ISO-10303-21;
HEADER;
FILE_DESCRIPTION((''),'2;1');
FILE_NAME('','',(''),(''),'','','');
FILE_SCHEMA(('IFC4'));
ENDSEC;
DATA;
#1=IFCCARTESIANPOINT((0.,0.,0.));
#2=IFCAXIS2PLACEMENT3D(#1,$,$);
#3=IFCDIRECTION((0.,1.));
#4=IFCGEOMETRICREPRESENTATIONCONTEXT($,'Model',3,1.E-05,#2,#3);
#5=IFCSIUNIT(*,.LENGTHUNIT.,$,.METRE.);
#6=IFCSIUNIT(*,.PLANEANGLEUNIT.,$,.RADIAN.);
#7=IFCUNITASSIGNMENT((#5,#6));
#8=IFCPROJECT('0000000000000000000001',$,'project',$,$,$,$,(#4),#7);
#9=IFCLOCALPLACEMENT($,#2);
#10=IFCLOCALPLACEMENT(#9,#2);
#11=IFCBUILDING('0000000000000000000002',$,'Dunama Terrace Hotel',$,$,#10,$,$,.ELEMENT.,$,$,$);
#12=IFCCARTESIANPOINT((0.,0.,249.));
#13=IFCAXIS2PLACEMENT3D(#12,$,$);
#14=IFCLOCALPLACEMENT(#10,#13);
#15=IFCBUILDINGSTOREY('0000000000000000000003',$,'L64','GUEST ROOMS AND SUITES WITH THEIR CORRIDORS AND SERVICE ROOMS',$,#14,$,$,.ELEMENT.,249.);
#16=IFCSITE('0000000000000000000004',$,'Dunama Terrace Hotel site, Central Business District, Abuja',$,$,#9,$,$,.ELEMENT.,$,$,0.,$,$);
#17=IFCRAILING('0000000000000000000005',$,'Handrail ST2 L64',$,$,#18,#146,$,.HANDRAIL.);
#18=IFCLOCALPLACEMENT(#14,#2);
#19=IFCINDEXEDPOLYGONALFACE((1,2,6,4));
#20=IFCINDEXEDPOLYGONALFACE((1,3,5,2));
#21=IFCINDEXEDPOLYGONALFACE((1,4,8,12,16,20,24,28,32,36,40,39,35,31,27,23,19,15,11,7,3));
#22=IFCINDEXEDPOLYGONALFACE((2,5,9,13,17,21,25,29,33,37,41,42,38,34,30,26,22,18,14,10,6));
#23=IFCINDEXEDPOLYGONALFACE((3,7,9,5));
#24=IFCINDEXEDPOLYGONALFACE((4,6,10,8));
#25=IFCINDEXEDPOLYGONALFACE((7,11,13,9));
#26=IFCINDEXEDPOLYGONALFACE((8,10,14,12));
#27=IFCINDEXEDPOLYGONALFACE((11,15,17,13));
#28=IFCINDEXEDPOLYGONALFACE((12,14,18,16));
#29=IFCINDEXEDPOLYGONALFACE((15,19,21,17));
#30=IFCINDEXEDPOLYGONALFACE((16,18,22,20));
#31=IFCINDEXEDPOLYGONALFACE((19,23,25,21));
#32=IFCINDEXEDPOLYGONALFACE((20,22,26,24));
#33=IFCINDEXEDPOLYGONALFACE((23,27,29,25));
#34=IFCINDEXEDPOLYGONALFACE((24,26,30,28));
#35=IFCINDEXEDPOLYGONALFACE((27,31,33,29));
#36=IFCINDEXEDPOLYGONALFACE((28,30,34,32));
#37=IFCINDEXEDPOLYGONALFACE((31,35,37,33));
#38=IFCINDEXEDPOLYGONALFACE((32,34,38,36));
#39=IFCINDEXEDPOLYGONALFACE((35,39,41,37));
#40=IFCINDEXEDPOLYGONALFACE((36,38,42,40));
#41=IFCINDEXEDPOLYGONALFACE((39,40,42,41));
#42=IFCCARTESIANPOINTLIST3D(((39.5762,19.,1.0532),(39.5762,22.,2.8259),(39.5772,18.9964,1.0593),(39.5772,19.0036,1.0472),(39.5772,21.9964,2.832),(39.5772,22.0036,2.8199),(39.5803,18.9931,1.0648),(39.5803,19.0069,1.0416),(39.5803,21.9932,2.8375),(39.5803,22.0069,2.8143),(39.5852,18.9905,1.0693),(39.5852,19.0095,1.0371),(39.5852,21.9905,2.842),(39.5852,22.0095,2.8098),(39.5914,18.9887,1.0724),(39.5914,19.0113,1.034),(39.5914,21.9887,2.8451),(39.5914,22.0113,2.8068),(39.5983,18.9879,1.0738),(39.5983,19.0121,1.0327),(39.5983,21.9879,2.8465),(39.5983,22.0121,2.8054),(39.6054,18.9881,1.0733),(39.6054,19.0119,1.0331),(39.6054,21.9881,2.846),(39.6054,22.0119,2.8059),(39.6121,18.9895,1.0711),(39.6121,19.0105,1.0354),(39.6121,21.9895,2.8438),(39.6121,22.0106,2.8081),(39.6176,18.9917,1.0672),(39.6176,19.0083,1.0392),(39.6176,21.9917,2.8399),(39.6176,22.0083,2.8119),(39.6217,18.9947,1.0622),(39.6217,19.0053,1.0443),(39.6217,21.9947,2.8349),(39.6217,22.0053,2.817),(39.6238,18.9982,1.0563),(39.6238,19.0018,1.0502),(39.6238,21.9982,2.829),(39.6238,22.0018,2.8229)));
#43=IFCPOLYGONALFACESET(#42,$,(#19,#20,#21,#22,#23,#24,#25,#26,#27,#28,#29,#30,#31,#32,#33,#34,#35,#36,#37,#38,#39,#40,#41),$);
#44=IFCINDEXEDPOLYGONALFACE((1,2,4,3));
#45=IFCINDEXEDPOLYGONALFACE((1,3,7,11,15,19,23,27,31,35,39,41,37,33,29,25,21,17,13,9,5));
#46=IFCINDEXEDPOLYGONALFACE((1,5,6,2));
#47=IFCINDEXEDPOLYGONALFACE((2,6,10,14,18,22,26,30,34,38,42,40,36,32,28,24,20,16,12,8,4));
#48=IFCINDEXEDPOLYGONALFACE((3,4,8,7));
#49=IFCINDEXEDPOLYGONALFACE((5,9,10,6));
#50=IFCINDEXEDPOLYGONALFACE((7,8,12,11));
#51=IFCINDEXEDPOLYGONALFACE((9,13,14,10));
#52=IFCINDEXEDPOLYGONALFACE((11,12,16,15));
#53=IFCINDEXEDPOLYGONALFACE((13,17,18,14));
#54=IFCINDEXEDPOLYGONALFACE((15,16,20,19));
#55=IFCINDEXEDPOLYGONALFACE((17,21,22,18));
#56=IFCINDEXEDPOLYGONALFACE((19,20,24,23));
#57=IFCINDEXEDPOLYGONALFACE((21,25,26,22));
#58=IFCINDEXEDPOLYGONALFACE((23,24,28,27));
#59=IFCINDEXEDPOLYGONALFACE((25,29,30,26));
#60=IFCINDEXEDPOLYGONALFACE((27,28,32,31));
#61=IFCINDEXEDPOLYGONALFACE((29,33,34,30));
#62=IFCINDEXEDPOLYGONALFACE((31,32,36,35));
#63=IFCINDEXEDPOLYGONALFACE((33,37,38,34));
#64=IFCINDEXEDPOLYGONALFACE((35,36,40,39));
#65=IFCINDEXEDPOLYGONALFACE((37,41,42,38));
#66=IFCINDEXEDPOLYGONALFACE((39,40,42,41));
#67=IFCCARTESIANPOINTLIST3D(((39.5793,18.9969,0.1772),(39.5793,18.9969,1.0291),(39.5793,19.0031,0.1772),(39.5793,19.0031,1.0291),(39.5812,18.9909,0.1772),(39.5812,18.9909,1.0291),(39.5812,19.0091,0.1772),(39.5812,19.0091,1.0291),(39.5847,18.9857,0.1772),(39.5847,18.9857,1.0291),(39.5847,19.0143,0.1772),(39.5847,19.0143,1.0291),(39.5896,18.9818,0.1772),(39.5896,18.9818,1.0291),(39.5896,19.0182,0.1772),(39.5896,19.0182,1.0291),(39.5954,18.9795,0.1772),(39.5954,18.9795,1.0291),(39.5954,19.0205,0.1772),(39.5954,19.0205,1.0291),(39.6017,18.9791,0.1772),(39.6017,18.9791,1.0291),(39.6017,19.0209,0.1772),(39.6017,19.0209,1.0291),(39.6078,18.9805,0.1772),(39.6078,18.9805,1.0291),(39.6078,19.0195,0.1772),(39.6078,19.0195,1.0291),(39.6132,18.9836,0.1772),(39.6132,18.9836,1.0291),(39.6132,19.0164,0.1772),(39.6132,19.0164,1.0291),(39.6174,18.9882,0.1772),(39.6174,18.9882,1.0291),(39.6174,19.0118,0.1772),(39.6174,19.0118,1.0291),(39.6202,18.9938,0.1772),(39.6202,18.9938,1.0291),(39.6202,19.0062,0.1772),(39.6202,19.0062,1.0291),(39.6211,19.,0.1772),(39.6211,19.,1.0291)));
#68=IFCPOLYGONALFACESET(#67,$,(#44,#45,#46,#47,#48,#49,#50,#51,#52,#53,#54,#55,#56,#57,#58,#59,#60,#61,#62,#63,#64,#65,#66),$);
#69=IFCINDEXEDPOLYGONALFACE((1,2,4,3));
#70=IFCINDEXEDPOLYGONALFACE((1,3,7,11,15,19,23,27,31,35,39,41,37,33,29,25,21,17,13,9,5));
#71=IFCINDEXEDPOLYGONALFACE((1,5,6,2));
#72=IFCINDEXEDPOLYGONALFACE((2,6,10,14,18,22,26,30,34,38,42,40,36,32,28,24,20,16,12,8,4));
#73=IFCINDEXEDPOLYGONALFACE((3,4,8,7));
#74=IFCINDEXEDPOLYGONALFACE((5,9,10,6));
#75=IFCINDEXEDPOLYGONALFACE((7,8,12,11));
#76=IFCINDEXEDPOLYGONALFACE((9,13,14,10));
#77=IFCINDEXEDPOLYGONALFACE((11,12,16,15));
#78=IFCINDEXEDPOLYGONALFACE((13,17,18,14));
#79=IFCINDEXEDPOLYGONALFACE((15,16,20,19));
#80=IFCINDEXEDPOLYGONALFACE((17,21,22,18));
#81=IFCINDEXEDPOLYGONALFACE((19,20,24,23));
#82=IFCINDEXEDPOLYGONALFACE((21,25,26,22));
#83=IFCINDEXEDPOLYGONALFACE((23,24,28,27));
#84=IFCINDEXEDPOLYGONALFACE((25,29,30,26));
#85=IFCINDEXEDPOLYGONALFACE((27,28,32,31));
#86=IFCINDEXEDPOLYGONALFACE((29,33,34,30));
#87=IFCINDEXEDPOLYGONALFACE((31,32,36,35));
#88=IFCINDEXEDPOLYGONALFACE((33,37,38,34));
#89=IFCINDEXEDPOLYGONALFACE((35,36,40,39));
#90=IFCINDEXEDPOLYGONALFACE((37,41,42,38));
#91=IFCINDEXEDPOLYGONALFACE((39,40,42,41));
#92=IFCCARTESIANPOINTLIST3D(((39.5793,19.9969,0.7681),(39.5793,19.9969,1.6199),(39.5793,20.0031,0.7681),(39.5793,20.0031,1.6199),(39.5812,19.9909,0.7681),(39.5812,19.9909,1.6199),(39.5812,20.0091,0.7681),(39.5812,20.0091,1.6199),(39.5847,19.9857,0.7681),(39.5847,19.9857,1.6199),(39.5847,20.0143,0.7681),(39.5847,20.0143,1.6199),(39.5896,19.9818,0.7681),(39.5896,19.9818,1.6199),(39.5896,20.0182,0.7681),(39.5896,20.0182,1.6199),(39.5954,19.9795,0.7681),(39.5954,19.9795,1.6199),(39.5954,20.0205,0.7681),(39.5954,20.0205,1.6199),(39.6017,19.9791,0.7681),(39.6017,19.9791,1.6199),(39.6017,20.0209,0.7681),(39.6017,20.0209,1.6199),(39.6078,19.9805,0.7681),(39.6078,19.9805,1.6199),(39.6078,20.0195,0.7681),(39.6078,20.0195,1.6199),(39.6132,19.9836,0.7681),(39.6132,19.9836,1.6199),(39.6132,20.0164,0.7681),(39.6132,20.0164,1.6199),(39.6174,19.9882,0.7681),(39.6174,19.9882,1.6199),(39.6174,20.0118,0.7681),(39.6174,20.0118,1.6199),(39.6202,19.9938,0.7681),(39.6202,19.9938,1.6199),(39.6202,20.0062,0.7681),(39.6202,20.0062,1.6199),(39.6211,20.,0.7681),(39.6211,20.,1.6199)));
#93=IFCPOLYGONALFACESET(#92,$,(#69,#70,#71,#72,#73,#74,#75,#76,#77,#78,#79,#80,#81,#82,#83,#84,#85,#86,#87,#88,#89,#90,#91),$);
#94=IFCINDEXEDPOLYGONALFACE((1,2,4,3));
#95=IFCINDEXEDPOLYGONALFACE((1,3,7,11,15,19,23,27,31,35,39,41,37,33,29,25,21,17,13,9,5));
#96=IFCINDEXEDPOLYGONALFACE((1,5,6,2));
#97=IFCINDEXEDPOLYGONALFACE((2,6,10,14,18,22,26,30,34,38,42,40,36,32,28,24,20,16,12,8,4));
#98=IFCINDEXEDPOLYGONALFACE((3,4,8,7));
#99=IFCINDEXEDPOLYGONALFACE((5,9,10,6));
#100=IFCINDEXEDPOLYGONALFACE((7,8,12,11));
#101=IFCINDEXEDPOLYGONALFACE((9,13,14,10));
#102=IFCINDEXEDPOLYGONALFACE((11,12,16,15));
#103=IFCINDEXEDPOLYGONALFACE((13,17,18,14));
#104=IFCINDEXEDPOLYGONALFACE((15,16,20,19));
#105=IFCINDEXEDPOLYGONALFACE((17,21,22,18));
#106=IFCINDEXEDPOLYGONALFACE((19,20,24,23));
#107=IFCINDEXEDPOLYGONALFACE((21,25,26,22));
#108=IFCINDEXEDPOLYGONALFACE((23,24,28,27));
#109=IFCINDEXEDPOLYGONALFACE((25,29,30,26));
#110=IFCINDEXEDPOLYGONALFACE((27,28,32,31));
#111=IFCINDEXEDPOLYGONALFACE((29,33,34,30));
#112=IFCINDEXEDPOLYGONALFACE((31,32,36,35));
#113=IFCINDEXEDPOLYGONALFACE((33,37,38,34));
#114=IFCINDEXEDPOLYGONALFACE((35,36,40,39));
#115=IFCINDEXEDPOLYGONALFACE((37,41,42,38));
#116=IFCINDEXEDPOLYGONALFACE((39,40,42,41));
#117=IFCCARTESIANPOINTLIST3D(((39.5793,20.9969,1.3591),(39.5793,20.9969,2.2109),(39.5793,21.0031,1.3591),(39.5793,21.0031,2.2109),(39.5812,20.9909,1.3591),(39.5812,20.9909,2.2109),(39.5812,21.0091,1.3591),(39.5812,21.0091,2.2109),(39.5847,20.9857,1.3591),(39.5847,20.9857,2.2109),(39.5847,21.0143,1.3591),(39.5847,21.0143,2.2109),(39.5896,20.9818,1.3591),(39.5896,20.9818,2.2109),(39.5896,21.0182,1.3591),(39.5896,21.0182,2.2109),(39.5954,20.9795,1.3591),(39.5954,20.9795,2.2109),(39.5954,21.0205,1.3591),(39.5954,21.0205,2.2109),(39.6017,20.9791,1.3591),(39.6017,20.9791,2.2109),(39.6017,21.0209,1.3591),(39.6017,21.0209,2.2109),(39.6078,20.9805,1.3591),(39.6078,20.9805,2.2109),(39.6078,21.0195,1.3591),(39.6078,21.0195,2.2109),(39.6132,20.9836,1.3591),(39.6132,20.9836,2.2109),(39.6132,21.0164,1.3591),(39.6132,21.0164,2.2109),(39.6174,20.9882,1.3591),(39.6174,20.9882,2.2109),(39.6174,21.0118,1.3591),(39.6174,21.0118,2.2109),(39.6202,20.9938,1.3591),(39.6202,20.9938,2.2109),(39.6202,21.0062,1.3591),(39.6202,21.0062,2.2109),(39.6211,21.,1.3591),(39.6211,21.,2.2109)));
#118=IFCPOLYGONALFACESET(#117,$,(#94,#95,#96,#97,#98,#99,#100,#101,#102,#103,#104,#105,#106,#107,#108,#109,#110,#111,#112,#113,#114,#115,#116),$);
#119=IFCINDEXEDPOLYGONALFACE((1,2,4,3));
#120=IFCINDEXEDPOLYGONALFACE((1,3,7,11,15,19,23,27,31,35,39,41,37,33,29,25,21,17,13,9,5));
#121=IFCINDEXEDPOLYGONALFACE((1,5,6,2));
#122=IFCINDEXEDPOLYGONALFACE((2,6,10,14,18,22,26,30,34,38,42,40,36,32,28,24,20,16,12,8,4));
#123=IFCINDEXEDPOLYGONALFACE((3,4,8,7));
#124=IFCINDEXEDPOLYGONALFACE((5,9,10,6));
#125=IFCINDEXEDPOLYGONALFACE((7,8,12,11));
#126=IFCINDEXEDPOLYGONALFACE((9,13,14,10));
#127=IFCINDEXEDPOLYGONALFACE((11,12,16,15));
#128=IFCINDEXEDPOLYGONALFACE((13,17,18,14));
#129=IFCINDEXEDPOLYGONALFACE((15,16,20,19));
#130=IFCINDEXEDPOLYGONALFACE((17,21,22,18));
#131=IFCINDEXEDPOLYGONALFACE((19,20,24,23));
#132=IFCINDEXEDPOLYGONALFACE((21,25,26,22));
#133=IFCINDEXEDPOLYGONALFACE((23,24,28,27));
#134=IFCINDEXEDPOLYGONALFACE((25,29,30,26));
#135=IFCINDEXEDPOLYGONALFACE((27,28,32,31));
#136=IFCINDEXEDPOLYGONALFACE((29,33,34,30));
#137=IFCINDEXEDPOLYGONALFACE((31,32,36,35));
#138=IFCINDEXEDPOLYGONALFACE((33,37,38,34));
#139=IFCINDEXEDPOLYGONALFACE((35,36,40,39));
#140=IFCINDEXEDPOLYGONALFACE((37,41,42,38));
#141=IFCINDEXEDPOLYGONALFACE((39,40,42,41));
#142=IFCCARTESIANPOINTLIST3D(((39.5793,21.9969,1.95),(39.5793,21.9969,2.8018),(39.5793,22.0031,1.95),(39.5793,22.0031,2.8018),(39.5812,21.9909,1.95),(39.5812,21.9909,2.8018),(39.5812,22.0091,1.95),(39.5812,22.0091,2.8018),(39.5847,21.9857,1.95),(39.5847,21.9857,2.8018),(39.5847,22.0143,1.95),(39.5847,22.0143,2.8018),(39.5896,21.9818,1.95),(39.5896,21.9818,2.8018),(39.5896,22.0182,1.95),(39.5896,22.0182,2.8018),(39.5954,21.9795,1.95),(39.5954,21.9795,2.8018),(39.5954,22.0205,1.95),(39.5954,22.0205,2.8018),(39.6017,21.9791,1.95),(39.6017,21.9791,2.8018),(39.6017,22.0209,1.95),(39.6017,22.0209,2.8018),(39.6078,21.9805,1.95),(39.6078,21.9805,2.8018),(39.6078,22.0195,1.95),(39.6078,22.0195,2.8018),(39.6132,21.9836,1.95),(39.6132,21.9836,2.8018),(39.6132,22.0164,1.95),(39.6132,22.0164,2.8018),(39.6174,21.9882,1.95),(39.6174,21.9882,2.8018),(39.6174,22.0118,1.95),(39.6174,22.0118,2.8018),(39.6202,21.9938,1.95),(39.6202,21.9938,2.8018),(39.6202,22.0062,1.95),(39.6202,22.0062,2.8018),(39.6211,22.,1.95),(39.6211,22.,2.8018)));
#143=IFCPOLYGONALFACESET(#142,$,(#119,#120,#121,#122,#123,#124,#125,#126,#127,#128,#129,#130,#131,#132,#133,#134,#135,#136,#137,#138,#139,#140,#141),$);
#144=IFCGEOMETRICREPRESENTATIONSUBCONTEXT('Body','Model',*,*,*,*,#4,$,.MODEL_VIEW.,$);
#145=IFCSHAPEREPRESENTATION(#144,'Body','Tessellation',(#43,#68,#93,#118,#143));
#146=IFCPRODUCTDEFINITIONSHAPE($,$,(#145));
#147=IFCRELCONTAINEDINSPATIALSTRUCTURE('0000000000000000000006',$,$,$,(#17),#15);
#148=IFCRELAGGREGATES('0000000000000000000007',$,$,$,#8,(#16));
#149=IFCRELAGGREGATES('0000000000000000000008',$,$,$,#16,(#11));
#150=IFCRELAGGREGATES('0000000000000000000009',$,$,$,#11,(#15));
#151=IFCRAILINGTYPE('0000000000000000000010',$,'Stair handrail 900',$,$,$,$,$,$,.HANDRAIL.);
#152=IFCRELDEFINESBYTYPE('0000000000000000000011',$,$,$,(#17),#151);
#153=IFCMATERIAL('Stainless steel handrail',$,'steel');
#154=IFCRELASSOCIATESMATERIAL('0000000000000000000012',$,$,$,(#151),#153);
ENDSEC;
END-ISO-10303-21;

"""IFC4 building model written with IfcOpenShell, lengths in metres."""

from ifc_helpers import new_model, si_unit, direction, frame, origin, origin_2d, place, context, subcontext, project, spatial, circle, extrude, material, type_object, element, save


model = new_model("IFC4")

# Units and contexts
model_context = context("Model", 3, precision=1e-05, world=origin(), true_north=direction((0.0, 1.0)))
body_context = subcontext(model_context, "Body", "Model", "MODEL_VIEW")
ifc_project = project(units=[si_unit("LENGTHUNIT", "METRE"), si_unit("PLANEANGLEUNIT", "RADIAN")], contexts=[model_context])

# Site, building, storey
site_placement = place(None, origin())
site = spatial("IfcSite", under=ifc_project, at=site_placement, Name="Dunama Terrace Hotel site, Central Business District, Abuja", CompositionType="ELEMENT", RefElevation=0.0)
building_placement = place(site_placement, origin())
building = spatial("IfcBuilding", under=site, at=building_placement, Name="Dunama Terrace Hotel", CompositionType="ELEMENT")
storey_placement = place(building_placement, frame((0.0, 0.0, 249.0)))
storey = spatial("IfcBuildingStorey", under=building, at=storey_placement, Name="L64", Description="GUEST ROOMS AND SUITES WITH THEIR CORRIDORS AND SERVICE ROOMS", CompositionType="ELEMENT", Elevation=249.0)

# Railing
ifc_material_1 = material(Name="Stainless steel handrail", Category="steel")
railing_type_1 = type_object("IfcRailingType", Name="Stair handrail 900", PredefinedType="HANDRAIL", material=ifc_material_1)
railing_1_placement = place(storey_placement, frame((39.6001, 19.0, 0.1772)))
element("IfcRailing", 1, at=railing_1_placement, inside=storey, type_object=railing_type_1, Name="Handrail ST2 L64", PredefinedType="HANDRAIL", context=body_context, shape_type="SweptSolid", body=[
    extrude(circle(Radius=0.0239, at=origin_2d()), frame((0.0, 0.0, 0.876), z_axis=(0.0, 0.860929, 0.508725), x_axis=(-1.0, 0.0, 0.0)), (0.0, 0.0, 1.0), 3.4846),
    extrude(circle(Radius=0.021, at=origin_2d()), origin(), (0.0, 0.0, 1.0), 0.8518),
    extrude(circle(Radius=0.021, at=origin_2d()), frame((0.0, 1.0, 0.5908)), (0.0, 0.0, 1.0), 0.8518),
    extrude(circle(Radius=0.021, at=origin_2d()), frame((0.0, 2.0, 1.1819)), (0.0, 0.0, 1.0), 0.8518),
    extrude(circle(Radius=0.021, at=origin_2d()), frame((0.0, 3.0, 1.7727)), (0.0, 0.0, 1.0), 0.8518),
])

save(model, "model.ifc")
